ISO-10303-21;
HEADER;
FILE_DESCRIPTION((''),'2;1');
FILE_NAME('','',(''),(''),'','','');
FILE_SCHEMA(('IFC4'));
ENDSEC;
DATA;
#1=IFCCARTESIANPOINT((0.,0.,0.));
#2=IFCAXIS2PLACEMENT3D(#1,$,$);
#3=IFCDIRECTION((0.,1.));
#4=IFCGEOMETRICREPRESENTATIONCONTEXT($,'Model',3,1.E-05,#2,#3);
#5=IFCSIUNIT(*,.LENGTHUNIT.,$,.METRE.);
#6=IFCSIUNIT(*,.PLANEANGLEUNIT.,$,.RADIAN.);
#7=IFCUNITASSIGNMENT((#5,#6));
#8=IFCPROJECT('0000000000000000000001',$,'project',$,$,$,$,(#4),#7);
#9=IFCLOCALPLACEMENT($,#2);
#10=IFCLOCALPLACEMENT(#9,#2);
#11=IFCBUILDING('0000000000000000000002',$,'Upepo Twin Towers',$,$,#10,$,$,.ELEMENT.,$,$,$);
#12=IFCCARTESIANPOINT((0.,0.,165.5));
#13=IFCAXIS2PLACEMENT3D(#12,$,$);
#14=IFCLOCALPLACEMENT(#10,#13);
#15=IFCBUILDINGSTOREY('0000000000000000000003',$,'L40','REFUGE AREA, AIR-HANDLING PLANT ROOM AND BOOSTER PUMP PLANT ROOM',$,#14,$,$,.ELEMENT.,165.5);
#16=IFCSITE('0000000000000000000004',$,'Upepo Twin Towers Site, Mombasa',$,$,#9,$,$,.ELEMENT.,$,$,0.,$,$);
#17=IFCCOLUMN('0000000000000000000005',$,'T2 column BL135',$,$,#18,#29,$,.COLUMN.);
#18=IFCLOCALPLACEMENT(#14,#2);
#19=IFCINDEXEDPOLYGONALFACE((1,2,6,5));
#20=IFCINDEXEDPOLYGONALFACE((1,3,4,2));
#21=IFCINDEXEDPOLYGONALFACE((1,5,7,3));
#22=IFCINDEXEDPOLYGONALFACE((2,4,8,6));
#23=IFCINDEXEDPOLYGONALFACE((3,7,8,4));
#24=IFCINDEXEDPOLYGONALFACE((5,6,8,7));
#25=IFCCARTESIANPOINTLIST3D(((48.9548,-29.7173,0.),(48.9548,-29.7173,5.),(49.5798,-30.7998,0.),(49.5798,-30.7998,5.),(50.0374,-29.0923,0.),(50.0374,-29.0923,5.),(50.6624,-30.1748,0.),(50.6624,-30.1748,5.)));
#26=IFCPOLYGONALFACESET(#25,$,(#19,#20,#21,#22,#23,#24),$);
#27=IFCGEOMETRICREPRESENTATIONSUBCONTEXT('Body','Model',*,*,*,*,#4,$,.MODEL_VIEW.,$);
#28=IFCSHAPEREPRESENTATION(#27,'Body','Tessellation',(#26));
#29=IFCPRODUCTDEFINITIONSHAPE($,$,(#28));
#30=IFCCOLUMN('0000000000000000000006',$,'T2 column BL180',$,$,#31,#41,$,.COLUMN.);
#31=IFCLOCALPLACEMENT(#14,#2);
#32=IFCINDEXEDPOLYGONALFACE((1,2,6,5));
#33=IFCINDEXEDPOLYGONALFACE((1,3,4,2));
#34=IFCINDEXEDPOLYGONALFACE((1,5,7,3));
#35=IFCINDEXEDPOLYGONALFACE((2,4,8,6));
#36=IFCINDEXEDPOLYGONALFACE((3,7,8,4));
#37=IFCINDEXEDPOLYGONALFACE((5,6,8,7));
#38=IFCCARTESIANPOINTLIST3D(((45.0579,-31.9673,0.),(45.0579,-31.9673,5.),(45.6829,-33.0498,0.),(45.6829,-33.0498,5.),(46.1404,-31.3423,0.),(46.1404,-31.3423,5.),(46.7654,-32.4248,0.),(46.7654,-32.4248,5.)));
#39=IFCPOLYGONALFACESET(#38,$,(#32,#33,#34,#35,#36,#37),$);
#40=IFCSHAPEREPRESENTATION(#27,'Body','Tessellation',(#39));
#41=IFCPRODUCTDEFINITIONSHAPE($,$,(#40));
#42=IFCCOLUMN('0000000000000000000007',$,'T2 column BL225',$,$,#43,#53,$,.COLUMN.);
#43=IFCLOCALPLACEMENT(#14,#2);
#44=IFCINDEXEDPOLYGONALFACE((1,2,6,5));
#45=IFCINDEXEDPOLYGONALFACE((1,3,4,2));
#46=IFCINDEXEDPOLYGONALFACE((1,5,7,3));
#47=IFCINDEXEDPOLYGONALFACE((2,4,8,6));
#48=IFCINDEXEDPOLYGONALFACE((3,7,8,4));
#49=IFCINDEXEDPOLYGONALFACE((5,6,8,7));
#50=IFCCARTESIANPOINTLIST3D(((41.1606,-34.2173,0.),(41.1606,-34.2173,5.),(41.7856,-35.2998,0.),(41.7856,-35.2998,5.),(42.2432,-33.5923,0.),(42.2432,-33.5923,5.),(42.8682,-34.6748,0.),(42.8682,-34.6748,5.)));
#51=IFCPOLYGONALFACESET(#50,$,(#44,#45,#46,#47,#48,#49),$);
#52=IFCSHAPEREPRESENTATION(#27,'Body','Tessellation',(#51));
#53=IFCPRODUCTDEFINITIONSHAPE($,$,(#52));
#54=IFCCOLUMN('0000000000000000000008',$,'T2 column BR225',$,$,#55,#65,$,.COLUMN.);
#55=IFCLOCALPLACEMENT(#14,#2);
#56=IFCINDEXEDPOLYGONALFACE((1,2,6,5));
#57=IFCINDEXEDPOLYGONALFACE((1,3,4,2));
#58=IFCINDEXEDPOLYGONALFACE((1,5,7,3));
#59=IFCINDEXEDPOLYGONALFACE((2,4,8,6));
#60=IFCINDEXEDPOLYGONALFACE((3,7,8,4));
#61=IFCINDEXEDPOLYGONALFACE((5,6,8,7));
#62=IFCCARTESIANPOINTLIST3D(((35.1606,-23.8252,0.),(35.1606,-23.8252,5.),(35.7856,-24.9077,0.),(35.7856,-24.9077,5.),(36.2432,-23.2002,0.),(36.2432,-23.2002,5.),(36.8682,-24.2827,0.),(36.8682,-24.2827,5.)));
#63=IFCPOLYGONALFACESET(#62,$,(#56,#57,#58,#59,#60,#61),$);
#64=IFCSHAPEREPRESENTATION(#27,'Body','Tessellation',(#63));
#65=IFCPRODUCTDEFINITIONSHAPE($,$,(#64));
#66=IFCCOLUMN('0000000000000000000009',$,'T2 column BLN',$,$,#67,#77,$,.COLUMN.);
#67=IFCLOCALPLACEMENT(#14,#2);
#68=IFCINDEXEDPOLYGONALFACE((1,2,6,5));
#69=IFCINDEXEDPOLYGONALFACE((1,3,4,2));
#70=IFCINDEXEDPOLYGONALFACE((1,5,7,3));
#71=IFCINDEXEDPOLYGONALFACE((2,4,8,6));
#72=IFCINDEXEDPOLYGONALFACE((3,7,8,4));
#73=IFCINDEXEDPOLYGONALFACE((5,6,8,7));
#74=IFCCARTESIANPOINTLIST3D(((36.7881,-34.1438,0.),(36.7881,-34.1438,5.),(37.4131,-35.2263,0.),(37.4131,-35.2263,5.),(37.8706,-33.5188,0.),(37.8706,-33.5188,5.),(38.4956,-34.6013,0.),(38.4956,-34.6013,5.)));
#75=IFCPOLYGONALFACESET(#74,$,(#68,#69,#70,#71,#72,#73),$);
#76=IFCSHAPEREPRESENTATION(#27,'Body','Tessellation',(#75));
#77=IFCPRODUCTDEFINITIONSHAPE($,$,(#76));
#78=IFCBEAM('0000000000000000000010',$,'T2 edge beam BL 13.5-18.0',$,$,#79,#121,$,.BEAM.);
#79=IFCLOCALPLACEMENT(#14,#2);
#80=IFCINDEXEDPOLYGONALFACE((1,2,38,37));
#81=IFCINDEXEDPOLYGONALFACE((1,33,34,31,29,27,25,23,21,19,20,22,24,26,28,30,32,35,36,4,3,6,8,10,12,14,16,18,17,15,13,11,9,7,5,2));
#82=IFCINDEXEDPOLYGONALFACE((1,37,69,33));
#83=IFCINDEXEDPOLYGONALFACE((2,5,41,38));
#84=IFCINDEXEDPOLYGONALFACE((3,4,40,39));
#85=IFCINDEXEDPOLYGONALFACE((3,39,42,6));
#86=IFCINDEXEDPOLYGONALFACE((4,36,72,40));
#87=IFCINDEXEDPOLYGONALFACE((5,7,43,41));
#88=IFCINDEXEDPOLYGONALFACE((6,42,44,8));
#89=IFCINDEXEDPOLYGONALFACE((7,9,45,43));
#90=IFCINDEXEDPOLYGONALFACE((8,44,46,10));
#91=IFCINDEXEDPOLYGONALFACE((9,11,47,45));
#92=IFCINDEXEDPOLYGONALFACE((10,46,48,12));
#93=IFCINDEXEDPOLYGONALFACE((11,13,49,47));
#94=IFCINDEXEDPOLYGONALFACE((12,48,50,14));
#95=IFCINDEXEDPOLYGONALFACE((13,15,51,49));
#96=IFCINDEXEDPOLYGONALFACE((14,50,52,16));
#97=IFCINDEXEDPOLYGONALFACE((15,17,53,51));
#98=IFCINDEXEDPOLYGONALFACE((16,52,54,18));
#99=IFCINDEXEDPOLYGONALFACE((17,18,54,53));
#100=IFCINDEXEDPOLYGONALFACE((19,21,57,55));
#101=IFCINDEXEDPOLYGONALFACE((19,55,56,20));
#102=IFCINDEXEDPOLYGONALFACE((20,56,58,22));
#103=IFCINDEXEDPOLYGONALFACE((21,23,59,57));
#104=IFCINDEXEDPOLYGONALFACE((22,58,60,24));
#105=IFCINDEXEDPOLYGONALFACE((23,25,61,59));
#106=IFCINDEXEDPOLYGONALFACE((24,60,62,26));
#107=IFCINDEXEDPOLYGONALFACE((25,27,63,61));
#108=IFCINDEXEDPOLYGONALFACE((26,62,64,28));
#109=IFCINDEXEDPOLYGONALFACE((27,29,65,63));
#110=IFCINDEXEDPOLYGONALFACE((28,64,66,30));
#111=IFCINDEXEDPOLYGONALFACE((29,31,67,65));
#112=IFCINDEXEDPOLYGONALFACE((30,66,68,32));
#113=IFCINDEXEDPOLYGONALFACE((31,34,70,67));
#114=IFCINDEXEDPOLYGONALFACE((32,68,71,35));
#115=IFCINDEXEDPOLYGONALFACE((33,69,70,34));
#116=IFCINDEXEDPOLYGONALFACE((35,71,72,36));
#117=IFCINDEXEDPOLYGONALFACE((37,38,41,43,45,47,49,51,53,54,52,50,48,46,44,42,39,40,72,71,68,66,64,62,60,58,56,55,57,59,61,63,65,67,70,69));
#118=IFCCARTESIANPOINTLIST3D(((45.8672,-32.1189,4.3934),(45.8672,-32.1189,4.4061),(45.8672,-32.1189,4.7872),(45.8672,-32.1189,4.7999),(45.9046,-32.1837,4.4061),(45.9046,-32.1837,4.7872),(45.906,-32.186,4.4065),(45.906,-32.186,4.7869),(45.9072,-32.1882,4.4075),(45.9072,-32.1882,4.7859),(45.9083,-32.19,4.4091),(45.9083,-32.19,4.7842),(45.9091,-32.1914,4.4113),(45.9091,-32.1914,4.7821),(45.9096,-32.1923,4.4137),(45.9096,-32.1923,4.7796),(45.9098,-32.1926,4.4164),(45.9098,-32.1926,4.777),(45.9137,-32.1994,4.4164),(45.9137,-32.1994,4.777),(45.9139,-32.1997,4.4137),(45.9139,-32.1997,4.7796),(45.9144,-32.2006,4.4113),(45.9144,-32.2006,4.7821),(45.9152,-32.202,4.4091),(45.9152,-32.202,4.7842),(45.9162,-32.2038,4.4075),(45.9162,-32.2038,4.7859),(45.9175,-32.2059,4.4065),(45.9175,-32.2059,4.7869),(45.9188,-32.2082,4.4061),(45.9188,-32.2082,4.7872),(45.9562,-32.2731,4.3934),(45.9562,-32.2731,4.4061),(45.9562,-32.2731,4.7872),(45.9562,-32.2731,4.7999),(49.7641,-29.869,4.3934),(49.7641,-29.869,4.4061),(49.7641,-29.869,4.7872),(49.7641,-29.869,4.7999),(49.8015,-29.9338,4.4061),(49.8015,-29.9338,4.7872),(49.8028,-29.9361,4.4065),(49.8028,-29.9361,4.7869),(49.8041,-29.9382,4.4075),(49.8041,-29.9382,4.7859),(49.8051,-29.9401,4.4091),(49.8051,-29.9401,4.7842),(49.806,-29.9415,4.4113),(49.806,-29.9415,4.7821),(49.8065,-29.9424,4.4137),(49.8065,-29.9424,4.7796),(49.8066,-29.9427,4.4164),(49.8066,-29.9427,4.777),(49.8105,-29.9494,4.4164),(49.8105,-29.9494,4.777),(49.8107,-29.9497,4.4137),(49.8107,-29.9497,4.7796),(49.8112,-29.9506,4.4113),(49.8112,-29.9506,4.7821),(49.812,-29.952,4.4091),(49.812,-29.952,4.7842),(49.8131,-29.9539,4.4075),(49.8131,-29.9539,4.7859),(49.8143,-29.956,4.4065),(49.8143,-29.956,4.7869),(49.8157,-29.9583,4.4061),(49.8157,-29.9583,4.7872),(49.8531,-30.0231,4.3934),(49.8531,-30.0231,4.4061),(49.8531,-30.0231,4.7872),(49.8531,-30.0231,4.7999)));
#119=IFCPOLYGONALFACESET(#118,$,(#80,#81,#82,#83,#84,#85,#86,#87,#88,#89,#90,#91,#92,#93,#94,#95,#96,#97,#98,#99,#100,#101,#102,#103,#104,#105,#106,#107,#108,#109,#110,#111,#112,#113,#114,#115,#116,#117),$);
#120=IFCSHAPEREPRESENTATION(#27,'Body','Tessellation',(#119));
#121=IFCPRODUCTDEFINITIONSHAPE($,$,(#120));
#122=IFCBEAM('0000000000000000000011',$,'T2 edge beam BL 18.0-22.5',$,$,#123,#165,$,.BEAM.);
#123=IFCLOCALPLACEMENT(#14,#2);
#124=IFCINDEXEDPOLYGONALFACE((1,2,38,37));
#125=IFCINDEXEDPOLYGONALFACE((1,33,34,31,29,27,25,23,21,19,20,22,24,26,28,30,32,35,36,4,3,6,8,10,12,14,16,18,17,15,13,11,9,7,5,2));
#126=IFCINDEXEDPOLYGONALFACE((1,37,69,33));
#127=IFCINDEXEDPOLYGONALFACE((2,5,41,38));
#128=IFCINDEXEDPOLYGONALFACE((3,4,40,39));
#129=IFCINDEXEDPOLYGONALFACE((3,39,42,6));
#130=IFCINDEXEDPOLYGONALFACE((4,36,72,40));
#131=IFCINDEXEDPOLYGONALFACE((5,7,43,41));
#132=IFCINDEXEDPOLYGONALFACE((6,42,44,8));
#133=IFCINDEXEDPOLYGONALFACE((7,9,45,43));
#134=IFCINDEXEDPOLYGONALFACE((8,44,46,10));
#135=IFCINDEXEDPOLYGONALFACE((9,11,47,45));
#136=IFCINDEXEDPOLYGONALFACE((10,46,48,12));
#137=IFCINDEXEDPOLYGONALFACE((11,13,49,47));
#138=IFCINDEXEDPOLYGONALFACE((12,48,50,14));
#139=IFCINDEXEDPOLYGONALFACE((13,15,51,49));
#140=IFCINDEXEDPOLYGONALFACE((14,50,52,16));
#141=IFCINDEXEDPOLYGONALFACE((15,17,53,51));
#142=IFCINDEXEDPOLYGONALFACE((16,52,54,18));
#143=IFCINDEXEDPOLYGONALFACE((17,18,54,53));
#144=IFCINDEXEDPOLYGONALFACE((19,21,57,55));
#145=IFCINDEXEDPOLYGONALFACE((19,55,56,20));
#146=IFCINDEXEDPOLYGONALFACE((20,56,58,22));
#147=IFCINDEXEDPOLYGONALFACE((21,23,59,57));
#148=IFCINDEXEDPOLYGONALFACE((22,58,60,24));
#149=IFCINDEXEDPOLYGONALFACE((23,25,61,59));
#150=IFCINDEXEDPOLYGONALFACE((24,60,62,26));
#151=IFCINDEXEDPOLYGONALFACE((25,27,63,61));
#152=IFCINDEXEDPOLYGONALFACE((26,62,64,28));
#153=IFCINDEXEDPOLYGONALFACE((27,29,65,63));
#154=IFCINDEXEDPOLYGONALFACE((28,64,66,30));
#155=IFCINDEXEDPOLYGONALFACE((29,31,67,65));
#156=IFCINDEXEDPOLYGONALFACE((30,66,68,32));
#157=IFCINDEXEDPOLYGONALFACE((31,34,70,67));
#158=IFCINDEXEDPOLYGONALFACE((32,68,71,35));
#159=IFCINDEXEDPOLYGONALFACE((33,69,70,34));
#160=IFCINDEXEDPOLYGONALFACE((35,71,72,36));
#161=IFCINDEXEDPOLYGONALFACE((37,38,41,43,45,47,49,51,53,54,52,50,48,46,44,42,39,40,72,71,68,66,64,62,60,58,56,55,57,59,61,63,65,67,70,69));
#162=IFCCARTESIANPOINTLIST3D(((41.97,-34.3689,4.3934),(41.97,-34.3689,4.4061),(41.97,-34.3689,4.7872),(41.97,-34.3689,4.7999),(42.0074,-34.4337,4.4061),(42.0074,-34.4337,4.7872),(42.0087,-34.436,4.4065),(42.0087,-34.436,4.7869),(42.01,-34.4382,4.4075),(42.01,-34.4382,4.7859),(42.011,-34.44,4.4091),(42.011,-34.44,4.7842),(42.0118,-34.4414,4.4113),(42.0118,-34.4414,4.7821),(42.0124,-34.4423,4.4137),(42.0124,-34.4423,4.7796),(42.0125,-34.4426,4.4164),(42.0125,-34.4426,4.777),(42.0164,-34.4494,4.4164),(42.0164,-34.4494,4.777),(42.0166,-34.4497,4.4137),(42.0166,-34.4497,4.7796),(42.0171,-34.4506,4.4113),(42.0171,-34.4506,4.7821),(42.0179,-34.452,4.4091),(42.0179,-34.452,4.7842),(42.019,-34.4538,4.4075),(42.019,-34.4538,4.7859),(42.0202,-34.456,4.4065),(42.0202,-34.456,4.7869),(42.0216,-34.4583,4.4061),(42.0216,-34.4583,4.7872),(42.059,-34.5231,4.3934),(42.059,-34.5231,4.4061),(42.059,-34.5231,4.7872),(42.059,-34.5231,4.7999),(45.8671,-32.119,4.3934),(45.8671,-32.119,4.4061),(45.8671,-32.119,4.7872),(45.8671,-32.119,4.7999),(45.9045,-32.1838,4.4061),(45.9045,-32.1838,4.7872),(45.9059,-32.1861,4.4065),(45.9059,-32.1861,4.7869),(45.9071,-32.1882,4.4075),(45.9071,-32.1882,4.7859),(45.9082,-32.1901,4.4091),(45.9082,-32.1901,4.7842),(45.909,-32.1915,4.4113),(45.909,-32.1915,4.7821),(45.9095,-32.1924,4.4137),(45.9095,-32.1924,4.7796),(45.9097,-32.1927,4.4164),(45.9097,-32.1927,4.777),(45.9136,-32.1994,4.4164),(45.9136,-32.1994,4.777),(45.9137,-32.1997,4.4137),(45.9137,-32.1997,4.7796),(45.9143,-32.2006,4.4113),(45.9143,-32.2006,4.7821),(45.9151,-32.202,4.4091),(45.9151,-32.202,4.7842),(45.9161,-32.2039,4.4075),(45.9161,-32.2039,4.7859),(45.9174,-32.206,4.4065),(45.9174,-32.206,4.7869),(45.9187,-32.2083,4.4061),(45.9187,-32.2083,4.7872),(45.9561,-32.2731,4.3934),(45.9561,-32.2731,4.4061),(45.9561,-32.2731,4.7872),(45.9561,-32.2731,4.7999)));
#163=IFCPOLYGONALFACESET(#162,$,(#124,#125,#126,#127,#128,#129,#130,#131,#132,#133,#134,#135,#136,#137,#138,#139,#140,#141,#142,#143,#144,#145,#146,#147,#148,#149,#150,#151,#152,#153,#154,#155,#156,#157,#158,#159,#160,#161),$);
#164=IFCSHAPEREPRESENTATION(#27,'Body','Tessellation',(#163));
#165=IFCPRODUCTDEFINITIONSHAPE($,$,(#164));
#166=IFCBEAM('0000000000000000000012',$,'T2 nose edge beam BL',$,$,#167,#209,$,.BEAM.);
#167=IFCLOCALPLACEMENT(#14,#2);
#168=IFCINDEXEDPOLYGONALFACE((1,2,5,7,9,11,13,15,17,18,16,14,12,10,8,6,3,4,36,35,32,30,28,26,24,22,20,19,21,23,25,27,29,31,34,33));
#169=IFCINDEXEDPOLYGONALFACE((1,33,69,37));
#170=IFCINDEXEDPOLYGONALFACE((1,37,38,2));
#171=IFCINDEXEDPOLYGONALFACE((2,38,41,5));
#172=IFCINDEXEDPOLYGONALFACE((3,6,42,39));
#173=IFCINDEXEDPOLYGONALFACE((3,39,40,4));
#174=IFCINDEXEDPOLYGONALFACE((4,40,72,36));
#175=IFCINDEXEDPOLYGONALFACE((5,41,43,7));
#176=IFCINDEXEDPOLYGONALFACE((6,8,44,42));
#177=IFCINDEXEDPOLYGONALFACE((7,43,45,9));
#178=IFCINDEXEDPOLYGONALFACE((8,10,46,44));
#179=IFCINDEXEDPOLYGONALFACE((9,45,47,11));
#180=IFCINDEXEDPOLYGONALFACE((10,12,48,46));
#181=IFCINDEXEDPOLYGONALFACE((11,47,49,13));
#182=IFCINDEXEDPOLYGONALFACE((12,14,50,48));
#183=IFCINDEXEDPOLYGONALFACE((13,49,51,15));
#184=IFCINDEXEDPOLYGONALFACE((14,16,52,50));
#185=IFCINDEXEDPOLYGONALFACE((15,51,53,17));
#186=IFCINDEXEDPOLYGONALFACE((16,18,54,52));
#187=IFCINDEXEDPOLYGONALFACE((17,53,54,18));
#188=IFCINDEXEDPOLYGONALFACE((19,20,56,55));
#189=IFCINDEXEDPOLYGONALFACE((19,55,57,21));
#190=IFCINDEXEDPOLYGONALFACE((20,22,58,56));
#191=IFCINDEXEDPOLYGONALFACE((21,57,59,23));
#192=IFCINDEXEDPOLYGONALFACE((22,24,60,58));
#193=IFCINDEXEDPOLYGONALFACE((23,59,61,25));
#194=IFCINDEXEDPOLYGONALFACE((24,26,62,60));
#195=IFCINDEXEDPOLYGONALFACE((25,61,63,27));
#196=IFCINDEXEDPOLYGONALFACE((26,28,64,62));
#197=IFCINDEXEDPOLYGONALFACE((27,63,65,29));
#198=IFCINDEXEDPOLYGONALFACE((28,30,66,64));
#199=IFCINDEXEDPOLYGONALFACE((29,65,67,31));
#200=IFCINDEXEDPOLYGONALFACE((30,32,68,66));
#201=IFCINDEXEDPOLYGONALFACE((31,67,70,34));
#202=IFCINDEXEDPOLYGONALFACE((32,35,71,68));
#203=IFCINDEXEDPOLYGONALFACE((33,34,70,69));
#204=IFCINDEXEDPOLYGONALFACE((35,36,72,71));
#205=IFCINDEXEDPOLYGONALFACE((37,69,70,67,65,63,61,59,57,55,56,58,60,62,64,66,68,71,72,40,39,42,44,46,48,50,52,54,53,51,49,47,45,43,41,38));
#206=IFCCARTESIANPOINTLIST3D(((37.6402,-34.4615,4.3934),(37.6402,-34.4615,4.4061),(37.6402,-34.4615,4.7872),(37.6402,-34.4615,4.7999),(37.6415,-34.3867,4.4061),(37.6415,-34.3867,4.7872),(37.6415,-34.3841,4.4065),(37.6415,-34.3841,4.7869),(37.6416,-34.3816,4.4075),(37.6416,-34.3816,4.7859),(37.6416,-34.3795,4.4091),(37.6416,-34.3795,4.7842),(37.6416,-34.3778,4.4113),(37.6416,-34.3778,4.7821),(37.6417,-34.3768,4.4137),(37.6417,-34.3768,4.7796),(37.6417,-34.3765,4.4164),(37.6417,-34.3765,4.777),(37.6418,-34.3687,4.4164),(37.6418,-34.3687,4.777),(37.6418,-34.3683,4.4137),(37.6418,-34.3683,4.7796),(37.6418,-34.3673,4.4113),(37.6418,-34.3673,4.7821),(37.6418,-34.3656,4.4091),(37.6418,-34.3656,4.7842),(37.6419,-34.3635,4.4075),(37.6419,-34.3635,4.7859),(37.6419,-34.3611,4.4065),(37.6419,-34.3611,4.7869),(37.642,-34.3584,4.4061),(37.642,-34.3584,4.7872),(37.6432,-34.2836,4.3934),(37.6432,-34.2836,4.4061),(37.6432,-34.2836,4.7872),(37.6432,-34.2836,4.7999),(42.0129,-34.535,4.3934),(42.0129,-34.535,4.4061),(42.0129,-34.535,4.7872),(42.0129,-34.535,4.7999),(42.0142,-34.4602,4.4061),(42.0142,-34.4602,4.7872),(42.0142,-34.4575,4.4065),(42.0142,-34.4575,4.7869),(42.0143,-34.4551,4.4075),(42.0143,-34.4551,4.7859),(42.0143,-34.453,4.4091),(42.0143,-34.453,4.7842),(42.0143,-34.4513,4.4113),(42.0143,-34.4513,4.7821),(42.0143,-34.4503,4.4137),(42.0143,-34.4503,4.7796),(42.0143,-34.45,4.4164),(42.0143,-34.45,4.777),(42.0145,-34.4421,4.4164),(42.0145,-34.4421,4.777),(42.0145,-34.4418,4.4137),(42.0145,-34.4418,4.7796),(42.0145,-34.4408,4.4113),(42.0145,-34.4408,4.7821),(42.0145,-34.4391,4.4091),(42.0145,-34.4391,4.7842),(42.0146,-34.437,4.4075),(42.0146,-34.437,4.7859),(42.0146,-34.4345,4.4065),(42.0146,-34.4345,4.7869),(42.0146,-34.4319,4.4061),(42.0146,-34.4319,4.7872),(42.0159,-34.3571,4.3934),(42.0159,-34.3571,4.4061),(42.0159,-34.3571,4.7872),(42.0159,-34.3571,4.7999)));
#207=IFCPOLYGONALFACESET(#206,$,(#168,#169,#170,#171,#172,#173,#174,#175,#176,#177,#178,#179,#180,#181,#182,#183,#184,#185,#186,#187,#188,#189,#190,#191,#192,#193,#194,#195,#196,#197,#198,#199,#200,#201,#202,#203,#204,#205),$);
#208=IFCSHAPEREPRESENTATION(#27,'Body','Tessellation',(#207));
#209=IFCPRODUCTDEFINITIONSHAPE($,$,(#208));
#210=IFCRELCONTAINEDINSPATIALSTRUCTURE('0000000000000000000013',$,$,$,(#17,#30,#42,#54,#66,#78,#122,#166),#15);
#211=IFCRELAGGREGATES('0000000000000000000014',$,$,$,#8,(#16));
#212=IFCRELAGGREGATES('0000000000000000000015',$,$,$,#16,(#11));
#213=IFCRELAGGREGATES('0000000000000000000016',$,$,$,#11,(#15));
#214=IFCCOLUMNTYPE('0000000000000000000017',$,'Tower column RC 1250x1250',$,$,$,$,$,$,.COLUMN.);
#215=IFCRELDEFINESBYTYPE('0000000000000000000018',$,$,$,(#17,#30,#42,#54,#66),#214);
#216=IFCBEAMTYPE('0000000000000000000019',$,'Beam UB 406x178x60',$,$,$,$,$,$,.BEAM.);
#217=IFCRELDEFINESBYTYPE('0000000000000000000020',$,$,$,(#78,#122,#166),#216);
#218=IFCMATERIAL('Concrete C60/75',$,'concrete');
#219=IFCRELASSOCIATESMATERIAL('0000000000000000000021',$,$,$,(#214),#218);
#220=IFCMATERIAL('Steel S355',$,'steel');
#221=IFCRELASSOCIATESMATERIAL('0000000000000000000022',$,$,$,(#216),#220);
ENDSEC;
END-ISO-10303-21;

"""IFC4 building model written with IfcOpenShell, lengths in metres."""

from ifc_helpers import new_model, si_unit, direction, frame, origin, origin_2d, place, context, subcontext, project, spatial, rectangle, i_section, extrude, material, material_profile, profile_set, type_object, element, save


model = new_model("IFC4")

# Units and contexts
model_context = context("Model", 3, precision=1e-05, world=origin(), true_north=direction((0.0, 1.0)))
body_context = subcontext(model_context, "Body", "Model", "MODEL_VIEW")
ifc_project = project(units=[si_unit("LENGTHUNIT", "METRE"), si_unit("PLANEANGLEUNIT", "RADIAN")], contexts=[model_context])

# Site, building, storey
site_placement = place(None, origin())
site = spatial("IfcSite", under=ifc_project, at=site_placement, Name="Upepo Twin Towers Site, Mombasa", CompositionType="ELEMENT", RefElevation=0.0)
building_placement = place(site_placement, origin())
building = spatial("IfcBuilding", under=site, at=building_placement, Name="Upepo Twin Towers", CompositionType="ELEMENT")
storey_placement = place(building_placement, frame((0.0, 0.0, 165.5)))
storey = spatial("IfcBuildingStorey", under=building, at=storey_placement, Name="L40", Description="REFUGE AREA, AIR-HANDLING PLANT ROOM AND BOOSTER PUMP PLANT ROOM", CompositionType="ELEMENT", Elevation=165.5)

# Columns
ifc_material_1 = material(Name="Concrete C60/75", Category="concrete")
ifc_material_profile_1 = material_profile(ifc_material_1, rectangle(XDim=1.25, YDim=1.25, at=origin_2d()), Name="RC 1250x1250")
ifc_profile_set_1 = profile_set([ifc_material_profile_1], Name="Concrete C60/75")
column_type = type_object("IfcColumnType", Name="Tower column RC 1250x1250", PredefinedType="COLUMN", material=ifc_profile_set_1)
for number, where, z_axis, x_axis, name in (
    (1, (49.8086, -29.946, 0.0), (0.0, 0.0, 1.0), (0.866025, 0.5, 0.0), "T2 column BL135"),
    (2, (45.9116, -32.196, 0.0), (0.0, 0.0, 1.0), (0.866025, 0.5, 0.0), "T2 column BL180"),
    (3, (42.0144, -34.446, 0.0), (0.0, 0.0, 1.0), (0.866025, 0.5, 0.0), "T2 column BL225"),
    (4, (36.0144, -24.054, 0.0), (0.0, 0.0, 1.0), (0.866025, 0.5, 0.0), "T2 column BR225"),
    (5, (37.6418, -34.3726, 0.0), (0.0, 0.0, 1.0), (0.866025, 0.5, 0.0), "T2 column BLN"),
):
    element("IfcColumn", number, at=place(storey_placement, frame(where, z_axis=z_axis, x_axis=x_axis)), inside=storey, type_object=column_type, Name=name, PredefinedType="COLUMN", context=body_context, shape_type="SweptSolid", body=[
        extrude(rectangle(XDim=1.25, YDim=1.25, at=origin_2d()), origin(), (0.0, 0.0, 1.0), 5.0),
    ])

# Beams
ifc_material_2 = material(Name="Steel S355", Category="steel")
ifc_material_profile_2 = material_profile(ifc_material_2, i_section(OverallWidth=0.178, OverallDepth=0.4065, WebThickness=0.0078, FlangeThickness=0.0127, FilletRadius=0.0103, at=origin_2d()), Name="UB 406x178x60")
ifc_profile_set_2 = profile_set([ifc_material_profile_2], Name="Steel S355")
beam_type_1 = type_object("IfcBeamType", Name="Beam UB 406x178x60", PredefinedType="BEAM", material=ifc_profile_set_2)
beam_1_placement = place(storey_placement, frame((49.8086, -29.946, 4.5967), z_axis=(-0.866018, -0.500014, 0.0), x_axis=(0.500014, -0.866018, 0.0)))
element("IfcBeam", 6, at=beam_1_placement, inside=storey, type_object=beam_type_1, Name="T2 edge beam BL 13.5-18.0", PredefinedType="BEAM", context=body_context, shape_type="SweptSolid", body=[
    extrude(i_section(OverallWidth=0.178, OverallDepth=0.4065, WebThickness=0.0078, FlangeThickness=0.0127, FilletRadius=0.0103, at=origin_2d()), origin(), (0.0, 0.0, 1.0), 4.4998),
])
beam_2_placement = place(storey_placement, frame((45.9116, -32.196, 4.5967), z_axis=(-0.866031, -0.49999, 0.0), x_axis=(0.49999, -0.866031, 0.0)))
element("IfcBeam", 7, at=beam_2_placement, inside=storey, type_object=beam_type_1, Name="T2 edge beam BL 18.0-22.5", PredefinedType="BEAM", context=body_context, shape_type="SweptSolid", body=[
    extrude(i_section(OverallWidth=0.178, OverallDepth=0.4065, WebThickness=0.0078, FlangeThickness=0.0127, FilletRadius=0.0103, at=origin_2d()), origin(), (0.0, 0.0, 1.0), 4.5),
])
beam_3_placement = place(storey_placement, frame((42.0144, -34.446, 4.5967), z_axis=(-0.999859, 0.016804, 0.0), x_axis=(-0.016804, -0.999859, 0.0)))
element("IfcBeam", 8, at=beam_3_placement, inside=storey, type_object=beam_type_1, Name="T2 nose edge beam BL", PredefinedType="BEAM", context=body_context, shape_type="SweptSolid", body=[
    extrude(i_section(OverallWidth=0.178, OverallDepth=0.4065, WebThickness=0.0078, FlangeThickness=0.0127, FilletRadius=0.0103, at=origin_2d()), origin(), (0.0, 0.0, 1.0), 4.3733),
])

save(model, "model.ifc")
